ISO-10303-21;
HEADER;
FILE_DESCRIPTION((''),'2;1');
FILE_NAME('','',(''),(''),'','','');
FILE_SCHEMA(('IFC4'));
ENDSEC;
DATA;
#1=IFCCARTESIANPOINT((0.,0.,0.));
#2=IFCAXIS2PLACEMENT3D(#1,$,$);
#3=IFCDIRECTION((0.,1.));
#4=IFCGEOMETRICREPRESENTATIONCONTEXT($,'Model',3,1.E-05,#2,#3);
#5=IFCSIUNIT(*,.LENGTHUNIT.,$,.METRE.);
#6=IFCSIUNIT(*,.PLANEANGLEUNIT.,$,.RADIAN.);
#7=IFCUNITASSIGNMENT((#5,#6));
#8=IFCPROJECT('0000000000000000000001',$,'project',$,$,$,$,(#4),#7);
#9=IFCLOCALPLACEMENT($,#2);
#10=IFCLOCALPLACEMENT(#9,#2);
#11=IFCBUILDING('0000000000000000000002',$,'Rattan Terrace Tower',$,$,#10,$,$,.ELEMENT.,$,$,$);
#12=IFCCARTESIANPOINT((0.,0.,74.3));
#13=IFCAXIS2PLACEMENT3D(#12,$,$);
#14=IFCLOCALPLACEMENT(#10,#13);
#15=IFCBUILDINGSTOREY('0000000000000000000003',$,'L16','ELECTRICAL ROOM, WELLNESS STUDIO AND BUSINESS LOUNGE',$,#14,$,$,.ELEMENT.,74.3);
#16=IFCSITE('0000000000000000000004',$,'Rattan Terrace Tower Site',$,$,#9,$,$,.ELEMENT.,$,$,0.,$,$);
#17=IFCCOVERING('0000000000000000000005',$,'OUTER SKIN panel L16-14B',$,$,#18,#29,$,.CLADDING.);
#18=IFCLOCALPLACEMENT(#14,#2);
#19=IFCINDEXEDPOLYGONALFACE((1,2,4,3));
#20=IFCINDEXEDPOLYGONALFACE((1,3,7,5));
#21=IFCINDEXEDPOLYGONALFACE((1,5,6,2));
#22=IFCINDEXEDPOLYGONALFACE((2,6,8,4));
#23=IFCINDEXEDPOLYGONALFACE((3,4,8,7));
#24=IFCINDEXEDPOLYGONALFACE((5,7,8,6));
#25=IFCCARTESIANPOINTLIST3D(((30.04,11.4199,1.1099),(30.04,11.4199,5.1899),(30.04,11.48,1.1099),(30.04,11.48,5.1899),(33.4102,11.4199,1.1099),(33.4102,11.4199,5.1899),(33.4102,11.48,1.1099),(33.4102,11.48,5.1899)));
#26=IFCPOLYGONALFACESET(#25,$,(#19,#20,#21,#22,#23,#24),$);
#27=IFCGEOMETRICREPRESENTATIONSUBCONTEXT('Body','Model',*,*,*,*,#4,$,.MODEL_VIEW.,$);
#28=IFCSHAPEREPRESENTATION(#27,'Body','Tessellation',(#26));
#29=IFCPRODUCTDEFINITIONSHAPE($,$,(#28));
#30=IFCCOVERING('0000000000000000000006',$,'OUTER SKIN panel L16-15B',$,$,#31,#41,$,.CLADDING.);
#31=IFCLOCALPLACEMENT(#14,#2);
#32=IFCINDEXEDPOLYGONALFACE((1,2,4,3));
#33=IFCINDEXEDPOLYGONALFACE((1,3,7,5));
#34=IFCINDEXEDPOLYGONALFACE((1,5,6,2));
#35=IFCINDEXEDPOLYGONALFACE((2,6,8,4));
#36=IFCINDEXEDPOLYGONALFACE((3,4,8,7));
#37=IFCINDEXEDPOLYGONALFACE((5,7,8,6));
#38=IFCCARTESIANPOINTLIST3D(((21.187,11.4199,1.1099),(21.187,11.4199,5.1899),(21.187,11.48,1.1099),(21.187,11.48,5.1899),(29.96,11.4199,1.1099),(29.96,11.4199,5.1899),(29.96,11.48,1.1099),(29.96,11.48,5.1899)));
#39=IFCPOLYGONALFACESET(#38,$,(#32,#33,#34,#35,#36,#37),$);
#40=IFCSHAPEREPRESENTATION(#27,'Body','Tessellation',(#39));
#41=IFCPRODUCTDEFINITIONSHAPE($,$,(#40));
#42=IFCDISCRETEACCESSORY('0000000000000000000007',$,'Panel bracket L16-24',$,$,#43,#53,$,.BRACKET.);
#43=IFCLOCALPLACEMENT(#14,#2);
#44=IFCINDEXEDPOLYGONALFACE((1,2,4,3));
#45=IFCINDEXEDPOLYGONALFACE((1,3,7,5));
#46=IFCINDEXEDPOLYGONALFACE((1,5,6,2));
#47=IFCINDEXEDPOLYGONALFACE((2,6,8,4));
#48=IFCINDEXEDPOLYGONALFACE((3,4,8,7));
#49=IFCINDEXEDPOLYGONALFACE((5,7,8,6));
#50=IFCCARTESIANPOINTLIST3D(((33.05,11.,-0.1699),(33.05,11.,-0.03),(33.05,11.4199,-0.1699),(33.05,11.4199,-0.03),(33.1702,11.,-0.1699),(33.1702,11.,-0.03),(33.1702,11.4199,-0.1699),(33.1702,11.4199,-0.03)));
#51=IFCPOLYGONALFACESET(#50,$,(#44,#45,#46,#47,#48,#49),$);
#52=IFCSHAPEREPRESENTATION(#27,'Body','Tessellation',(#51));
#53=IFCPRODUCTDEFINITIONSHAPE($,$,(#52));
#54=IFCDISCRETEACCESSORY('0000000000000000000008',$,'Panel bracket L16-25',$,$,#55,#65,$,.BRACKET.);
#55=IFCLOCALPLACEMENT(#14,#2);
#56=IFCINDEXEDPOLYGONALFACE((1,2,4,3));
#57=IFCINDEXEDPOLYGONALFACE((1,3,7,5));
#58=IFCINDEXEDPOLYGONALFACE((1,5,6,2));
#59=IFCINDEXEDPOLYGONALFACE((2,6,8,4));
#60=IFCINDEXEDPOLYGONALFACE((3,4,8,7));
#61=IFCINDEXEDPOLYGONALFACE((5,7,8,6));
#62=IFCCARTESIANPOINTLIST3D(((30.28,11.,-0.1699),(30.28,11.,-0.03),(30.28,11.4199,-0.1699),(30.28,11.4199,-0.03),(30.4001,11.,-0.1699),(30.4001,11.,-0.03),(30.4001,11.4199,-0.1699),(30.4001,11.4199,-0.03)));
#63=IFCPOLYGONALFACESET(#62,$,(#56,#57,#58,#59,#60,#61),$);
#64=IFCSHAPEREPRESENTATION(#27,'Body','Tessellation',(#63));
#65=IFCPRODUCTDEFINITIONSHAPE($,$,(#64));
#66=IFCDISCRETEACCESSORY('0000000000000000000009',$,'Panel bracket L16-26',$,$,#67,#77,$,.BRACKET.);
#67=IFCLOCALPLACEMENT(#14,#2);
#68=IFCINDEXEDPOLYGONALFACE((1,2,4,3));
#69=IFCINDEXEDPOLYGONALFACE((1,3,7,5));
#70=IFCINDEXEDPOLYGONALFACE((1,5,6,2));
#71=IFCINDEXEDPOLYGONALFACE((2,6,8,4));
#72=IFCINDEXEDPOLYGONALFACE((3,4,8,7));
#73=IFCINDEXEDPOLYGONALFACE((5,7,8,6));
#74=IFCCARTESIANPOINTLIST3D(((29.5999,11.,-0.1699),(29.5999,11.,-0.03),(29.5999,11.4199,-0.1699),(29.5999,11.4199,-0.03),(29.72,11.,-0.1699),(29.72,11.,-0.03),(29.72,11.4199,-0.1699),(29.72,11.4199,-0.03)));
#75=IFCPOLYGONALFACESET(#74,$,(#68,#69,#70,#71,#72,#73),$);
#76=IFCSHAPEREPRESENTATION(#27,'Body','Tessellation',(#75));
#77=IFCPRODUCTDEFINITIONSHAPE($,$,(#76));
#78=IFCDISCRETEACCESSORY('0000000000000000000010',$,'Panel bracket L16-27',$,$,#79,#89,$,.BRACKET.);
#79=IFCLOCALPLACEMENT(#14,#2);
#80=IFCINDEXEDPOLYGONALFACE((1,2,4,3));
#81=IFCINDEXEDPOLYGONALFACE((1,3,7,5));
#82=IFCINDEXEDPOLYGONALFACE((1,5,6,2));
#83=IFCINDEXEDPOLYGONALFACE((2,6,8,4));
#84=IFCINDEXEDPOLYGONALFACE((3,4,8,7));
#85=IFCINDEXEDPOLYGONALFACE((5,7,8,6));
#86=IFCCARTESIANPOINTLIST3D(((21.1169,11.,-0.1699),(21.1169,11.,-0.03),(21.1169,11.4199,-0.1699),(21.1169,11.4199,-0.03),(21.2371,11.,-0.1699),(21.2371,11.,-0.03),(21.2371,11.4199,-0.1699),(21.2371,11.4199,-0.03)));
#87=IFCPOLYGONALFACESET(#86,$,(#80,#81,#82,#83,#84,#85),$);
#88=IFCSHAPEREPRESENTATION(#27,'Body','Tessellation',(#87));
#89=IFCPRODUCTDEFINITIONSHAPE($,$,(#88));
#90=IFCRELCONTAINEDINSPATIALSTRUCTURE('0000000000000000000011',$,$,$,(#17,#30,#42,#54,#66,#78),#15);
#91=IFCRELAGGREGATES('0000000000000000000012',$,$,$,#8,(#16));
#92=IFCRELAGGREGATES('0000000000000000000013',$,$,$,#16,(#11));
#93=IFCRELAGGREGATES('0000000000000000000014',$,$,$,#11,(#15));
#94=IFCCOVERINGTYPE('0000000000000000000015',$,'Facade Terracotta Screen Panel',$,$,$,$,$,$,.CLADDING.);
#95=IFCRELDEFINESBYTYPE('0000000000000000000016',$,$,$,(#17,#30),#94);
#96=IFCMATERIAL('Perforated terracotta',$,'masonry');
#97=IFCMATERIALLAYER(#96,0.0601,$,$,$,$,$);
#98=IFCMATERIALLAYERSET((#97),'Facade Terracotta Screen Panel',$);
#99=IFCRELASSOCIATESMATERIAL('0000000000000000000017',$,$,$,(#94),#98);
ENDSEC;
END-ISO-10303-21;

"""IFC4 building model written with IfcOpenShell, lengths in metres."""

from ifc_helpers import new_model, si_unit, direction, frame, origin, origin_2d, place, context, subcontext, project, spatial, rectangle, extrude, material, layer, layer_set, type_object, element, save


model = new_model("IFC4")

# Units and contexts
model_context = context("Model", 3, precision=1e-05, world=origin(), true_north=direction((0.0, 1.0)))
body_context = subcontext(model_context, "Body", "Model", "MODEL_VIEW")
ifc_project = project(units=[si_unit("LENGTHUNIT", "METRE"), si_unit("PLANEANGLEUNIT", "RADIAN")], contexts=[model_context])

# Site, building, storey
site_placement = place(None, origin())
site = spatial("IfcSite", under=ifc_project, at=site_placement, Name="Rattan Terrace Tower Site", CompositionType="ELEMENT", RefElevation=0.0)
building_placement = place(site_placement, origin())
building = spatial("IfcBuilding", under=site, at=building_placement, Name="Rattan Terrace Tower", CompositionType="ELEMENT")
storey_placement = place(building_placement, frame((0.0, 0.0, 74.3)))
storey = spatial("IfcBuildingStorey", under=building, at=storey_placement, Name="L16", Description="ELECTRICAL ROOM, WELLNESS STUDIO AND BUSINESS LOUNGE", CompositionType="ELEMENT", Elevation=74.3)

# Coverings
ifc_material_1 = material(Name="Perforated terracotta", Category="masonry")
ifc_layer_1 = layer(ifc_material_1, 0.0601)
ifc_layer_set_1 = layer_set([ifc_layer_1], Name="Facade Terracotta Screen Panel")
covering_type_1 = type_object("IfcCoveringType", Name="Facade Terracotta Screen Panel", PredefinedType="CLADDING", material=ifc_layer_set_1)
covering_1_placement = place(storey_placement, frame((31.7251, 11.45, 1.1099), z_axis=(0.0, 0.0, 1.0), x_axis=(-1.0, 0.0, 0.0)))
element("IfcCovering", 1, at=covering_1_placement, inside=storey, type_object=covering_type_1, Name="OUTER SKIN panel L16-14B", PredefinedType="CLADDING", context=body_context, shape_type="SweptSolid", body=[
    extrude(rectangle(XDim=3.3701, YDim=0.0601, at=origin_2d()), origin(), (0.0, 0.0, 1.0), 4.0801),
])
covering_2_placement = place(storey_placement, frame((25.5735, 11.45, 1.1099), z_axis=(0.0, 0.0, 1.0), x_axis=(-1.0, 0.0, 0.0)))
element("IfcCovering", 2, at=covering_2_placement, inside=storey, type_object=covering_type_1, Name="OUTER SKIN panel L16-15B", PredefinedType="CLADDING", context=body_context, shape_type="SweptSolid", body=[
    extrude(rectangle(XDim=8.7729, YDim=0.0601, at=origin_2d()), origin(), (0.0, 0.0, 1.0), 4.0801),
])

# Discrete accessories
for number, where, z_axis, x_axis, name in (
    (3, (33.1101, 11.21, -0.1699), (0.0, 0.0, 1.0), (-1.0, 0.0, 0.0), "Panel bracket L16-24"),
    (4, (30.3401, 11.21, -0.1699), (0.0, 0.0, 1.0), (-1.0, 0.0, 0.0), "Panel bracket L16-25"),
    (5, (29.6599, 11.21, -0.1699), (0.0, 0.0, 1.0), (-1.0, 0.0, 0.0), "Panel bracket L16-26"),
    (6, (21.177, 11.21, -0.1699), (0.0, 0.0, 1.0), (-1.0, 0.0, 0.0), "Panel bracket L16-27"),
):
    element("IfcDiscreteAccessory", number, at=place(storey_placement, frame(where, z_axis=z_axis, x_axis=x_axis)), inside=storey, Name=name, PredefinedType="BRACKET", context=body_context, shape_type="SweptSolid", body=[
        extrude(rectangle(XDim=0.1201, YDim=0.4199, at=origin_2d()), origin(), (0.0, 0.0, 1.0), 0.1399),
    ])

save(model, "model.ifc")
